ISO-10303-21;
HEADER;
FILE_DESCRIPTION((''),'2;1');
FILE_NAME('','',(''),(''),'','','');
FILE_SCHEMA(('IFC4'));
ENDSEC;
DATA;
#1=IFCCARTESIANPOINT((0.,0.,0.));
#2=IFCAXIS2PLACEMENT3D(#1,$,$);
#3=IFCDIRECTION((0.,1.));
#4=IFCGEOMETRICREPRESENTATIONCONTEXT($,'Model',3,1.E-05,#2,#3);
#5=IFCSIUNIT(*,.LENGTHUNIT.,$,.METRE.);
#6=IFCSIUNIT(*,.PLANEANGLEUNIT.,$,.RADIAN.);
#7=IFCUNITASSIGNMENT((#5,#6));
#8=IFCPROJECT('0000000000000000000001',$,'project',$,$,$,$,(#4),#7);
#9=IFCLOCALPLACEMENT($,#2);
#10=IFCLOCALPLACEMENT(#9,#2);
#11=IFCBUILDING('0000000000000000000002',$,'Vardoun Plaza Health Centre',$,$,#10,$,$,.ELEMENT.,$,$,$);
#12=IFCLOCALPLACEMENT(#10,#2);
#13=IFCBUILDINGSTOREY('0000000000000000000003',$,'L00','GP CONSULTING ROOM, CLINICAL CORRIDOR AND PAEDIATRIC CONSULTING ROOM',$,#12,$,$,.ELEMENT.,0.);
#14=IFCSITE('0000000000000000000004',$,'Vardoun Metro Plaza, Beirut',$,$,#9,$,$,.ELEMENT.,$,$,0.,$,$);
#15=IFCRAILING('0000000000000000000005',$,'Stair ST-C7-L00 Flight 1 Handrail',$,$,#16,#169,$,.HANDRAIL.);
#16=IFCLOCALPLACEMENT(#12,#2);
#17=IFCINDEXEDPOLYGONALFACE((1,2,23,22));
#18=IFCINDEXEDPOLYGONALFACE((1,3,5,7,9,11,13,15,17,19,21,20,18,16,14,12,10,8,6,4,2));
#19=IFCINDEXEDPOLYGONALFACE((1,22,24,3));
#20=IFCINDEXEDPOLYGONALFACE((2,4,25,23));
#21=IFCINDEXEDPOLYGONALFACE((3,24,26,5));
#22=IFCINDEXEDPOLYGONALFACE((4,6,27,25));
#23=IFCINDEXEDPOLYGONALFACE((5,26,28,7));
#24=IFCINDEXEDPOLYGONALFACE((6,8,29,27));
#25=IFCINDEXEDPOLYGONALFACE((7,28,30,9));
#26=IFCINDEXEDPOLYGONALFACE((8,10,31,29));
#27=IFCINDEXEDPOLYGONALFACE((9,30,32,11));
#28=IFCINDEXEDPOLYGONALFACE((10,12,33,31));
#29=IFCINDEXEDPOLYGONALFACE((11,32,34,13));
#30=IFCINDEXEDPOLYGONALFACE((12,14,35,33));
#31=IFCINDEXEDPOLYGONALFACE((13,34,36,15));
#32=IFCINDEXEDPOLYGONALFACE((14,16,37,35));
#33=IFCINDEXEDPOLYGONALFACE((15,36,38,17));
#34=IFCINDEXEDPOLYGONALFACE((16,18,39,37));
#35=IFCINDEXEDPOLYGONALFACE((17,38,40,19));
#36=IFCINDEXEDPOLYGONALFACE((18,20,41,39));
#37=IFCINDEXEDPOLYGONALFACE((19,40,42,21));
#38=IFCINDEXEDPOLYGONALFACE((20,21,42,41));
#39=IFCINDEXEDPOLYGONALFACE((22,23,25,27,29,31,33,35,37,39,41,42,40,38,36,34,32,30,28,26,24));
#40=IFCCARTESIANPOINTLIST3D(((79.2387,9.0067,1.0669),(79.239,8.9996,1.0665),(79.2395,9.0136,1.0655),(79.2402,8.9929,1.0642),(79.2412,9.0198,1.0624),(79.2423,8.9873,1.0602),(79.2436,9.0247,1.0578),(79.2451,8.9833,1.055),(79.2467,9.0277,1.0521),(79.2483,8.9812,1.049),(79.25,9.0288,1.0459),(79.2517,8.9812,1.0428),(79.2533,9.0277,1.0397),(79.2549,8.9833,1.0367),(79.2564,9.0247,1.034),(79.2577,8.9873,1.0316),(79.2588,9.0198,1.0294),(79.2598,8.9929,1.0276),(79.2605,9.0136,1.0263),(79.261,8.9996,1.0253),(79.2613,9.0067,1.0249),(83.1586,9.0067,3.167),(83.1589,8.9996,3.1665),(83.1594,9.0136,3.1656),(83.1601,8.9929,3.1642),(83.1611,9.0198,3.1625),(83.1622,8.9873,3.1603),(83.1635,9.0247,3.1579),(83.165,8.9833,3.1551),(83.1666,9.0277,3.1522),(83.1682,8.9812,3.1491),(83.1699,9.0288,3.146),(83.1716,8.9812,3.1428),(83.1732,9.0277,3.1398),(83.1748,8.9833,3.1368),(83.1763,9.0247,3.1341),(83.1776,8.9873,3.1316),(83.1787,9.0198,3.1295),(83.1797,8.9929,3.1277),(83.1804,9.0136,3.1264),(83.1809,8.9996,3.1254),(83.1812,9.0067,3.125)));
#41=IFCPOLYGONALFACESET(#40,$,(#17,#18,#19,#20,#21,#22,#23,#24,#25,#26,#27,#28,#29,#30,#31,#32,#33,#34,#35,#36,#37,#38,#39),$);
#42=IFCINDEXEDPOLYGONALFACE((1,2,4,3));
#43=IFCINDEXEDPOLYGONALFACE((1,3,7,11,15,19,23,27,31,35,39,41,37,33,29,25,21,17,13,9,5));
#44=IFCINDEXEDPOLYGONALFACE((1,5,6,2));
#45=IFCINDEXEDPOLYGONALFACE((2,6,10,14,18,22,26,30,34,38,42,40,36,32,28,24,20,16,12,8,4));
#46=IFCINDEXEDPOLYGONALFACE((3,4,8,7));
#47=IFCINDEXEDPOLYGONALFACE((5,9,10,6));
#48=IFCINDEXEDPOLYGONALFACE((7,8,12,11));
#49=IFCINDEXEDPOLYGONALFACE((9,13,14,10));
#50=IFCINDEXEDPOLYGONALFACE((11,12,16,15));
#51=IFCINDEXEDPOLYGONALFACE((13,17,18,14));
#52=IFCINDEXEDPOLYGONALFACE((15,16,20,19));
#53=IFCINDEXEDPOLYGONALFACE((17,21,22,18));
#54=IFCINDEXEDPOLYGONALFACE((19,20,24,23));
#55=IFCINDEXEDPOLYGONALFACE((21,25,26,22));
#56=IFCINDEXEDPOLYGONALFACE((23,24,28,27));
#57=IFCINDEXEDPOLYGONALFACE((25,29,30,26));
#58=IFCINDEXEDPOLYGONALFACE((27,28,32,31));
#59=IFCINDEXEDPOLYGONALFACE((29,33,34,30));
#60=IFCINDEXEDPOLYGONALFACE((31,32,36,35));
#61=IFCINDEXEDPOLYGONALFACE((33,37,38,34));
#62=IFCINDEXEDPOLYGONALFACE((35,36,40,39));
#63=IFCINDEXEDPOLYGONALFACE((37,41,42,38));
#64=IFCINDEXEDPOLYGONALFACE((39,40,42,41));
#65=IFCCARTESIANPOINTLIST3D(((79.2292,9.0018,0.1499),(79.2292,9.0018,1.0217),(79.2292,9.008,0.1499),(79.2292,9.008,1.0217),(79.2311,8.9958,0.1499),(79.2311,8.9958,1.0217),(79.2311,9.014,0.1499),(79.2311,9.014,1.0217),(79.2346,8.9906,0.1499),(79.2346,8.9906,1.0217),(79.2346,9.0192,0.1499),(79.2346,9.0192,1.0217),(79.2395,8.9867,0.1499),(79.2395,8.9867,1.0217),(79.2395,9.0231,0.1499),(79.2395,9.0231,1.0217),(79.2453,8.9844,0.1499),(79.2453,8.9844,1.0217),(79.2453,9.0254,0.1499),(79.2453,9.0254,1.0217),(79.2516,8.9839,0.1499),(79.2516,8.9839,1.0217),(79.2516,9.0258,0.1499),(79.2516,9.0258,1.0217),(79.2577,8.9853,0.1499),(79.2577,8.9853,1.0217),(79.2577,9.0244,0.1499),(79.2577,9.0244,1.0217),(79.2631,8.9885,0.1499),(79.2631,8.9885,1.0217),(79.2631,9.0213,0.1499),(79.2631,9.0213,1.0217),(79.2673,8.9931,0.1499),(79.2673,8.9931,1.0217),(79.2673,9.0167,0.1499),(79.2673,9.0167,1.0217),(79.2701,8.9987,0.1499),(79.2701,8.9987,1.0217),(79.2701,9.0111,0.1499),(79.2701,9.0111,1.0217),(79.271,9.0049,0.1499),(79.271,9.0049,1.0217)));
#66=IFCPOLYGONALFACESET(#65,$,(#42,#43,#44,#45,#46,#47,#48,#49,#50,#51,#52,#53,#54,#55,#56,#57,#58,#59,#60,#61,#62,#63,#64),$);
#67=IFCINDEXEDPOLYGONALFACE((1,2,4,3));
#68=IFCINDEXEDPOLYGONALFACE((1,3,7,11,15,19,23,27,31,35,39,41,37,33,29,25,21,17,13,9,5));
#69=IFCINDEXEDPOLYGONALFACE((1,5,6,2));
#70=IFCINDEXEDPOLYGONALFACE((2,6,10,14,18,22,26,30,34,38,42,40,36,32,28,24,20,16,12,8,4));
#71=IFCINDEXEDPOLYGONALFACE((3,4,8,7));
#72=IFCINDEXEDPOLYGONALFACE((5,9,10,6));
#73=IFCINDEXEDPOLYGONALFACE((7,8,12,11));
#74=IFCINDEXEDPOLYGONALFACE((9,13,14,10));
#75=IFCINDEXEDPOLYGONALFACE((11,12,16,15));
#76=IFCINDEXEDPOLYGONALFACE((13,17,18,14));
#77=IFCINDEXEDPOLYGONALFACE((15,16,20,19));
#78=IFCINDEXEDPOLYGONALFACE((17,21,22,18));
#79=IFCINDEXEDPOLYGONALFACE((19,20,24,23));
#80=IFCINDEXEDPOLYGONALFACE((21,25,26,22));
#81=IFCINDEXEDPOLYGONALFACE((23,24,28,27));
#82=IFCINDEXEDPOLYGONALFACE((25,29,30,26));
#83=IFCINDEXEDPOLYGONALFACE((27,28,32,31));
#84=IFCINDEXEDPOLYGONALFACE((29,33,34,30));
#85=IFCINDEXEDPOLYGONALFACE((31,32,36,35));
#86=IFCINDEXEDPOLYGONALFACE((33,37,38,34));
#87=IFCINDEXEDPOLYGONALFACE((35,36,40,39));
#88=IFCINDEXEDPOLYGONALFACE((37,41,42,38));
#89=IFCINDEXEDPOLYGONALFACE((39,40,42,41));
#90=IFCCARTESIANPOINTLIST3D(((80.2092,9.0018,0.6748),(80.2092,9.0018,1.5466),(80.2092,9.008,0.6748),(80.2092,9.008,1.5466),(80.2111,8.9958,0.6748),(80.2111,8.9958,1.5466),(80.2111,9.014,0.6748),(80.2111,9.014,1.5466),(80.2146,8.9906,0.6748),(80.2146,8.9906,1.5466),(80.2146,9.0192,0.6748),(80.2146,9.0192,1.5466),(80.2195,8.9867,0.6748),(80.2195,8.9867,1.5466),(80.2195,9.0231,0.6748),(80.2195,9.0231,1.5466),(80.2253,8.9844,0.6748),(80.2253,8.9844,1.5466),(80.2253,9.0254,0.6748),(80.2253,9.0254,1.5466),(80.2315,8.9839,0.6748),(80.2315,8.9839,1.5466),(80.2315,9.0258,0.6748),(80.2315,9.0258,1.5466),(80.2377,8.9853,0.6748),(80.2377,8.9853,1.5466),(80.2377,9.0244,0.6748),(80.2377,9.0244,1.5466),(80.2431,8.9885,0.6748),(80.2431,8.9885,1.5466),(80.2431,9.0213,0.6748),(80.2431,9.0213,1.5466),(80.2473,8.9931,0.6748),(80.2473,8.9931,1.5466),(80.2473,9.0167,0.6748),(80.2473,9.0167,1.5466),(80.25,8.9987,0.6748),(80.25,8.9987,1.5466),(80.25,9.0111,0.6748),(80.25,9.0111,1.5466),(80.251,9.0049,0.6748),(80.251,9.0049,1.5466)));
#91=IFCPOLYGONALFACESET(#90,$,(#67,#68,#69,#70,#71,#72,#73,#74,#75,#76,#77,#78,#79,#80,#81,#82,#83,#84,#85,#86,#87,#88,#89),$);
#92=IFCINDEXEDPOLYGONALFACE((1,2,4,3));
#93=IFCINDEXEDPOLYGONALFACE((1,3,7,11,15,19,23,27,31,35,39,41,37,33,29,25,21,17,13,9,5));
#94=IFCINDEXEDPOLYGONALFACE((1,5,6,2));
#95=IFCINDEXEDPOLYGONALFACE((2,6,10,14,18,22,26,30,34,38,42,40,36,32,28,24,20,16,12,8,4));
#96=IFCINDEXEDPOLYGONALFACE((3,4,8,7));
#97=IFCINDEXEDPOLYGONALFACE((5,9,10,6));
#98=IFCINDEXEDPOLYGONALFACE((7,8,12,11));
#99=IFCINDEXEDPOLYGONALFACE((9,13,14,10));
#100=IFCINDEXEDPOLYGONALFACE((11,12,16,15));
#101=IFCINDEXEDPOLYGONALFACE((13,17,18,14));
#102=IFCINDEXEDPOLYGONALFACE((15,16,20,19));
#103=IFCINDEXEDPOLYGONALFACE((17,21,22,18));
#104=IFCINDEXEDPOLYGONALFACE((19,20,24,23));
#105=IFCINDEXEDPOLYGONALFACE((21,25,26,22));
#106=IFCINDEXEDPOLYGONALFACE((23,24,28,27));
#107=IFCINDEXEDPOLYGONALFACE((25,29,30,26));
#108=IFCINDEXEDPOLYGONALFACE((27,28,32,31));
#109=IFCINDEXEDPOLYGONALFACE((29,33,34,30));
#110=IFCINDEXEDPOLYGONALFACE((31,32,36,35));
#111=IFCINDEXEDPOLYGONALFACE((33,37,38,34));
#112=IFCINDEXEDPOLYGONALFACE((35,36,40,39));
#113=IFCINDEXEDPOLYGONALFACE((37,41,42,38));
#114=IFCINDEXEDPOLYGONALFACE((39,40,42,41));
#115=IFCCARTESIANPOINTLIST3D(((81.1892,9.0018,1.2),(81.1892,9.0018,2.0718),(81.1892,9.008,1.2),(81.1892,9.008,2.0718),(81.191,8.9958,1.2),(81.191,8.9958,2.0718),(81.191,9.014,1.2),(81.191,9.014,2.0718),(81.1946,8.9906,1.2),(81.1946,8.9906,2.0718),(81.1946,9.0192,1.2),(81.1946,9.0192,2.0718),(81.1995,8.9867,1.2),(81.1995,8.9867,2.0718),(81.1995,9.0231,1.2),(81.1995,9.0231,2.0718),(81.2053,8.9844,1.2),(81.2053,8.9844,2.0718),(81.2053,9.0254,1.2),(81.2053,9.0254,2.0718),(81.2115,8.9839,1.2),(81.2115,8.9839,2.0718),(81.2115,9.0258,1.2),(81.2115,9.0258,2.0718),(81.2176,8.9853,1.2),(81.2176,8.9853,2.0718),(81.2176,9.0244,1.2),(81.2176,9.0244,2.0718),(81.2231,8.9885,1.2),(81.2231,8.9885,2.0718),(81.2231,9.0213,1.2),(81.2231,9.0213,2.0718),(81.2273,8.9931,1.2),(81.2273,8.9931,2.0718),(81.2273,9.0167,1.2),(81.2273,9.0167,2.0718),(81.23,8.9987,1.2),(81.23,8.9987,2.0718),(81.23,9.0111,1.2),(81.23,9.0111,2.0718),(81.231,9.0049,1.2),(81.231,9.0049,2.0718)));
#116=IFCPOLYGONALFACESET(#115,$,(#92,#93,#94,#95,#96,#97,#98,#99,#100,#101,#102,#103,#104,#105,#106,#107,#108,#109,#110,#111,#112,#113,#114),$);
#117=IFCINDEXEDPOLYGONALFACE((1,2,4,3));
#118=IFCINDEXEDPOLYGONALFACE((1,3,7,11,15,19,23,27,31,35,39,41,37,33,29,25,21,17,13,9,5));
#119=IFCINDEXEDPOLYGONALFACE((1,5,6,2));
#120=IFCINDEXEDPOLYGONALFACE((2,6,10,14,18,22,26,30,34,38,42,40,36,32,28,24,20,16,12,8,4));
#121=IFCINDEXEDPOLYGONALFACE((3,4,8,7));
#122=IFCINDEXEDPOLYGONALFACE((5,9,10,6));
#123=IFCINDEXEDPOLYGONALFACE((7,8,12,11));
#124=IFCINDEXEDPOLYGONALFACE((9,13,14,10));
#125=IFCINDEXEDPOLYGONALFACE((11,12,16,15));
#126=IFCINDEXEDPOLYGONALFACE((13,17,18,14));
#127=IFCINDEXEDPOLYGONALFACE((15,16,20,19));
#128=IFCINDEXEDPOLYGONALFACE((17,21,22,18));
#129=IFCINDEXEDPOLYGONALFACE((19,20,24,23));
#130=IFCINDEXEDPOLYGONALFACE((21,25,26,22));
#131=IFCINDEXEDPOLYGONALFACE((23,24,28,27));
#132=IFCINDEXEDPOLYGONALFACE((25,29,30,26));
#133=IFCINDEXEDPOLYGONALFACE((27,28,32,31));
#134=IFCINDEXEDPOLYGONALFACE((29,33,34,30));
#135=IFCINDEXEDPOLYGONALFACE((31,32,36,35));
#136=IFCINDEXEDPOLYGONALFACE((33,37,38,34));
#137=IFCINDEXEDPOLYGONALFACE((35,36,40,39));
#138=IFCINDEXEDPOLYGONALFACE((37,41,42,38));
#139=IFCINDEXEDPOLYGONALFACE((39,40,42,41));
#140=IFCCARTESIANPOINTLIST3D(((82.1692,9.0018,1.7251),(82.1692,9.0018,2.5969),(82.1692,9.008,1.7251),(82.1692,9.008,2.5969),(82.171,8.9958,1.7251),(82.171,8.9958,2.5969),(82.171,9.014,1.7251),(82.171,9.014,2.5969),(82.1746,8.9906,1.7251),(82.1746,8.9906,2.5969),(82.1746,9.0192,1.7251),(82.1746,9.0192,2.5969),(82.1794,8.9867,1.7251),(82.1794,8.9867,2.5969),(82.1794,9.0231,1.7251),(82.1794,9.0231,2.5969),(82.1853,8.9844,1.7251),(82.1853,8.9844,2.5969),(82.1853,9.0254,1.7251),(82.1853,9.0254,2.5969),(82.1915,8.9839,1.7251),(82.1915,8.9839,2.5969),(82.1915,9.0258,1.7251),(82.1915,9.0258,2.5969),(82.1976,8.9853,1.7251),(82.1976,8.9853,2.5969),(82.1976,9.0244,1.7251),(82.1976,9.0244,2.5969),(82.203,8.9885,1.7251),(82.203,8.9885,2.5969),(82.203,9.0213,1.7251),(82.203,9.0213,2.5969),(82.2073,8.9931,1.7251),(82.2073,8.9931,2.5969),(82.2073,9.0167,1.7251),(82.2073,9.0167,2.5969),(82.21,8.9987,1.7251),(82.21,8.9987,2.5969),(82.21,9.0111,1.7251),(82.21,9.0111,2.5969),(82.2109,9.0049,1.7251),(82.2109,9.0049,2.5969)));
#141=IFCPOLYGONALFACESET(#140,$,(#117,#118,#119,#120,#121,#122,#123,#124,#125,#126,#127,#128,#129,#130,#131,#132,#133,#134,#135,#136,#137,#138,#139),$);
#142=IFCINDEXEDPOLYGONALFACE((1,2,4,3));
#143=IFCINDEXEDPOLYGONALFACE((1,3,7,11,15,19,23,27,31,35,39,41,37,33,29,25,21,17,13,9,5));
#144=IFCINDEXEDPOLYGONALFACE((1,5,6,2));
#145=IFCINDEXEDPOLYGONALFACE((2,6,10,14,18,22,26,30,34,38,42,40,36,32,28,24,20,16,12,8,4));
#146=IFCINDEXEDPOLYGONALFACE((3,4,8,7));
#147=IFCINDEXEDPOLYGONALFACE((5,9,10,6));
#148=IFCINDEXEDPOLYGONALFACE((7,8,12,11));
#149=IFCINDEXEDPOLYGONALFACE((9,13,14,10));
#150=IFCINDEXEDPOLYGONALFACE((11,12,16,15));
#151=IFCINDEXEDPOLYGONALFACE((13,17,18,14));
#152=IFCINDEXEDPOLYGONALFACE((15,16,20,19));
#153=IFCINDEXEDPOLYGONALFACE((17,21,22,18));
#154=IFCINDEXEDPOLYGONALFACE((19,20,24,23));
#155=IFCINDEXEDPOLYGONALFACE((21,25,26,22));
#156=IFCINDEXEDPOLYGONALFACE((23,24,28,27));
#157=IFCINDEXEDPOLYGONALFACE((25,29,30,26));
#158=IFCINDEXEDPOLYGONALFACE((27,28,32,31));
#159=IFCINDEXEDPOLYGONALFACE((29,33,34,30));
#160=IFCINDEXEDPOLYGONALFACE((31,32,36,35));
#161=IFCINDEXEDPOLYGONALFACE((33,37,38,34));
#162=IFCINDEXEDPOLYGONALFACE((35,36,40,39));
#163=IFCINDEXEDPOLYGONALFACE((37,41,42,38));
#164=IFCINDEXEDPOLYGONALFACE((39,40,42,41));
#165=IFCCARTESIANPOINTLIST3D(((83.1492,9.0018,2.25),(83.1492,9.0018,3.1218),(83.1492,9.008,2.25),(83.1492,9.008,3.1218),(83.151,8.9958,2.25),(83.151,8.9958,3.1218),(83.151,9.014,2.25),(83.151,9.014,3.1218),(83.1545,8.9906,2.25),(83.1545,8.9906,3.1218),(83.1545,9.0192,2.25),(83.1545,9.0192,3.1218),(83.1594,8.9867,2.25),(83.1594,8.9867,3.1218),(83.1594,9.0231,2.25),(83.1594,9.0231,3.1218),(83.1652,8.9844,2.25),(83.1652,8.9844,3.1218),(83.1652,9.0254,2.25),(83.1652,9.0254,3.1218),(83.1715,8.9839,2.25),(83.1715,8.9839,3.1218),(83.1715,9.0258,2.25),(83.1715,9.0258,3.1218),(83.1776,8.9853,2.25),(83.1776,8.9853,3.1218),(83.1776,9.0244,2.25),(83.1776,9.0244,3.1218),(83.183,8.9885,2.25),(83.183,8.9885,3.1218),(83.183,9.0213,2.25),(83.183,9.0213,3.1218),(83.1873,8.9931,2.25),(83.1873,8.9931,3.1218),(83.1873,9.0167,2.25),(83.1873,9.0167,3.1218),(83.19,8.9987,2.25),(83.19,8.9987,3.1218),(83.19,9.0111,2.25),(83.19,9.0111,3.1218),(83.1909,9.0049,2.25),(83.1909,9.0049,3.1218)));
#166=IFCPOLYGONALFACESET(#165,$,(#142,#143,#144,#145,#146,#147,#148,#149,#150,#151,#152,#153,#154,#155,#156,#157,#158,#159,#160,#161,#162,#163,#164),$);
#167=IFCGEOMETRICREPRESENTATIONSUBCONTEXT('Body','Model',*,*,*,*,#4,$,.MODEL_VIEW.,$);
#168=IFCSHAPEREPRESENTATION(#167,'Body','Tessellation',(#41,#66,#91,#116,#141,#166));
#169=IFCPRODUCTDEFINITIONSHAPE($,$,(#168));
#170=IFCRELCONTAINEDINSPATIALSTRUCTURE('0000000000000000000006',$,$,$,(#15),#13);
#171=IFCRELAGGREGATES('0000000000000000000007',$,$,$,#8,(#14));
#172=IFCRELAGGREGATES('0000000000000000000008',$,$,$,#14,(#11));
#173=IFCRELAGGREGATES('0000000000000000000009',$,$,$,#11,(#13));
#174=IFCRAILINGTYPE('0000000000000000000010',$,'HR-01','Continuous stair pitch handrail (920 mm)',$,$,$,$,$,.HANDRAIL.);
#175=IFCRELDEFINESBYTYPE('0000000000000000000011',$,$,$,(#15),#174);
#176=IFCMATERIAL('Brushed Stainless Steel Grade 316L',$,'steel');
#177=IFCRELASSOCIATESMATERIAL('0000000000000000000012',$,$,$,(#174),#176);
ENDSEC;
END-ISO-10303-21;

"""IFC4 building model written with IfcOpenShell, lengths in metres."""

from ifc_helpers import new_model, si_unit, direction, frame, origin, origin_2d, place, context, subcontext, project, spatial, circle, extrude, material, type_object, element, save


model = new_model("IFC4")

# Units and contexts
model_context = context("Model", 3, precision=1e-05, world=origin(), true_north=direction((0.0, 1.0)))
body_context = subcontext(model_context, "Body", "Model", "MODEL_VIEW")
ifc_project = project(units=[si_unit("LENGTHUNIT", "METRE"), si_unit("PLANEANGLEUNIT", "RADIAN")], contexts=[model_context])

# Site, building, storey
site_placement = place(None, origin())
site = spatial("IfcSite", under=ifc_project, at=site_placement, Name="Vardoun Metro Plaza, Beirut", CompositionType="ELEMENT", RefElevation=0.0)
building_placement = place(site_placement, origin())
building = spatial("IfcBuilding", under=site, at=building_placement, Name="Vardoun Plaza Health Centre", CompositionType="ELEMENT")
storey_placement = place(building_placement, origin())
storey = spatial("IfcBuildingStorey", under=building, at=storey_placement, Name="L00", Description="GP CONSULTING ROOM, CLINICAL CORRIDOR AND PAEDIATRIC CONSULTING ROOM", CompositionType="ELEMENT", Elevation=0.0)

# Railing
ifc_material_1 = material(Name="Brushed Stainless Steel Grade 316L", Category="steel")
railing_type_1 = type_object("IfcRailingType", Name="HR-01", Description="Continuous stair pitch handrail (920 mm)", PredefinedType="HANDRAIL", material=ifc_material_1)
railing_1_placement = place(storey_placement, frame((79.25, 9.0049, 0.1499)))
element("IfcRailing", 1, at=railing_1_placement, inside=storey, type_object=railing_type_1, Name="Stair ST-C7-L00 Flight 1 Handrail", PredefinedType="HANDRAIL", context=body_context, shape_type="SweptSolid", body=[
    extrude(circle(Radius=0.0239, at=origin_2d()), frame((0.0, 0.0, 0.896), z_axis=(0.881467, 0.0, 0.472246), x_axis=(0.0, 1.0, 0.0)), (0.0, 0.0, 1.0), 4.447),
    extrude(circle(Radius=0.021, at=origin_2d()), origin(), (0.0, 0.0, 1.0), 0.8718),
    extrude(circle(Radius=0.021, at=origin_2d()), frame((0.98, 0.0, 0.5249)), (0.0, 0.0, 1.0), 0.8718),
    extrude(circle(Radius=0.021, at=origin_2d()), frame((1.96, 0.0, 1.05)), (0.0, 0.0, 1.0), 0.8718),
    extrude(circle(Radius=0.021, at=origin_2d()), frame((2.9399, 0.0, 1.5752)), (0.0, 0.0, 1.0), 0.8718),
    extrude(circle(Radius=0.021, at=origin_2d()), frame((3.9199, 0.0, 2.1001)), (0.0, 0.0, 1.0), 0.8718),
])

save(model, "model.ifc")
